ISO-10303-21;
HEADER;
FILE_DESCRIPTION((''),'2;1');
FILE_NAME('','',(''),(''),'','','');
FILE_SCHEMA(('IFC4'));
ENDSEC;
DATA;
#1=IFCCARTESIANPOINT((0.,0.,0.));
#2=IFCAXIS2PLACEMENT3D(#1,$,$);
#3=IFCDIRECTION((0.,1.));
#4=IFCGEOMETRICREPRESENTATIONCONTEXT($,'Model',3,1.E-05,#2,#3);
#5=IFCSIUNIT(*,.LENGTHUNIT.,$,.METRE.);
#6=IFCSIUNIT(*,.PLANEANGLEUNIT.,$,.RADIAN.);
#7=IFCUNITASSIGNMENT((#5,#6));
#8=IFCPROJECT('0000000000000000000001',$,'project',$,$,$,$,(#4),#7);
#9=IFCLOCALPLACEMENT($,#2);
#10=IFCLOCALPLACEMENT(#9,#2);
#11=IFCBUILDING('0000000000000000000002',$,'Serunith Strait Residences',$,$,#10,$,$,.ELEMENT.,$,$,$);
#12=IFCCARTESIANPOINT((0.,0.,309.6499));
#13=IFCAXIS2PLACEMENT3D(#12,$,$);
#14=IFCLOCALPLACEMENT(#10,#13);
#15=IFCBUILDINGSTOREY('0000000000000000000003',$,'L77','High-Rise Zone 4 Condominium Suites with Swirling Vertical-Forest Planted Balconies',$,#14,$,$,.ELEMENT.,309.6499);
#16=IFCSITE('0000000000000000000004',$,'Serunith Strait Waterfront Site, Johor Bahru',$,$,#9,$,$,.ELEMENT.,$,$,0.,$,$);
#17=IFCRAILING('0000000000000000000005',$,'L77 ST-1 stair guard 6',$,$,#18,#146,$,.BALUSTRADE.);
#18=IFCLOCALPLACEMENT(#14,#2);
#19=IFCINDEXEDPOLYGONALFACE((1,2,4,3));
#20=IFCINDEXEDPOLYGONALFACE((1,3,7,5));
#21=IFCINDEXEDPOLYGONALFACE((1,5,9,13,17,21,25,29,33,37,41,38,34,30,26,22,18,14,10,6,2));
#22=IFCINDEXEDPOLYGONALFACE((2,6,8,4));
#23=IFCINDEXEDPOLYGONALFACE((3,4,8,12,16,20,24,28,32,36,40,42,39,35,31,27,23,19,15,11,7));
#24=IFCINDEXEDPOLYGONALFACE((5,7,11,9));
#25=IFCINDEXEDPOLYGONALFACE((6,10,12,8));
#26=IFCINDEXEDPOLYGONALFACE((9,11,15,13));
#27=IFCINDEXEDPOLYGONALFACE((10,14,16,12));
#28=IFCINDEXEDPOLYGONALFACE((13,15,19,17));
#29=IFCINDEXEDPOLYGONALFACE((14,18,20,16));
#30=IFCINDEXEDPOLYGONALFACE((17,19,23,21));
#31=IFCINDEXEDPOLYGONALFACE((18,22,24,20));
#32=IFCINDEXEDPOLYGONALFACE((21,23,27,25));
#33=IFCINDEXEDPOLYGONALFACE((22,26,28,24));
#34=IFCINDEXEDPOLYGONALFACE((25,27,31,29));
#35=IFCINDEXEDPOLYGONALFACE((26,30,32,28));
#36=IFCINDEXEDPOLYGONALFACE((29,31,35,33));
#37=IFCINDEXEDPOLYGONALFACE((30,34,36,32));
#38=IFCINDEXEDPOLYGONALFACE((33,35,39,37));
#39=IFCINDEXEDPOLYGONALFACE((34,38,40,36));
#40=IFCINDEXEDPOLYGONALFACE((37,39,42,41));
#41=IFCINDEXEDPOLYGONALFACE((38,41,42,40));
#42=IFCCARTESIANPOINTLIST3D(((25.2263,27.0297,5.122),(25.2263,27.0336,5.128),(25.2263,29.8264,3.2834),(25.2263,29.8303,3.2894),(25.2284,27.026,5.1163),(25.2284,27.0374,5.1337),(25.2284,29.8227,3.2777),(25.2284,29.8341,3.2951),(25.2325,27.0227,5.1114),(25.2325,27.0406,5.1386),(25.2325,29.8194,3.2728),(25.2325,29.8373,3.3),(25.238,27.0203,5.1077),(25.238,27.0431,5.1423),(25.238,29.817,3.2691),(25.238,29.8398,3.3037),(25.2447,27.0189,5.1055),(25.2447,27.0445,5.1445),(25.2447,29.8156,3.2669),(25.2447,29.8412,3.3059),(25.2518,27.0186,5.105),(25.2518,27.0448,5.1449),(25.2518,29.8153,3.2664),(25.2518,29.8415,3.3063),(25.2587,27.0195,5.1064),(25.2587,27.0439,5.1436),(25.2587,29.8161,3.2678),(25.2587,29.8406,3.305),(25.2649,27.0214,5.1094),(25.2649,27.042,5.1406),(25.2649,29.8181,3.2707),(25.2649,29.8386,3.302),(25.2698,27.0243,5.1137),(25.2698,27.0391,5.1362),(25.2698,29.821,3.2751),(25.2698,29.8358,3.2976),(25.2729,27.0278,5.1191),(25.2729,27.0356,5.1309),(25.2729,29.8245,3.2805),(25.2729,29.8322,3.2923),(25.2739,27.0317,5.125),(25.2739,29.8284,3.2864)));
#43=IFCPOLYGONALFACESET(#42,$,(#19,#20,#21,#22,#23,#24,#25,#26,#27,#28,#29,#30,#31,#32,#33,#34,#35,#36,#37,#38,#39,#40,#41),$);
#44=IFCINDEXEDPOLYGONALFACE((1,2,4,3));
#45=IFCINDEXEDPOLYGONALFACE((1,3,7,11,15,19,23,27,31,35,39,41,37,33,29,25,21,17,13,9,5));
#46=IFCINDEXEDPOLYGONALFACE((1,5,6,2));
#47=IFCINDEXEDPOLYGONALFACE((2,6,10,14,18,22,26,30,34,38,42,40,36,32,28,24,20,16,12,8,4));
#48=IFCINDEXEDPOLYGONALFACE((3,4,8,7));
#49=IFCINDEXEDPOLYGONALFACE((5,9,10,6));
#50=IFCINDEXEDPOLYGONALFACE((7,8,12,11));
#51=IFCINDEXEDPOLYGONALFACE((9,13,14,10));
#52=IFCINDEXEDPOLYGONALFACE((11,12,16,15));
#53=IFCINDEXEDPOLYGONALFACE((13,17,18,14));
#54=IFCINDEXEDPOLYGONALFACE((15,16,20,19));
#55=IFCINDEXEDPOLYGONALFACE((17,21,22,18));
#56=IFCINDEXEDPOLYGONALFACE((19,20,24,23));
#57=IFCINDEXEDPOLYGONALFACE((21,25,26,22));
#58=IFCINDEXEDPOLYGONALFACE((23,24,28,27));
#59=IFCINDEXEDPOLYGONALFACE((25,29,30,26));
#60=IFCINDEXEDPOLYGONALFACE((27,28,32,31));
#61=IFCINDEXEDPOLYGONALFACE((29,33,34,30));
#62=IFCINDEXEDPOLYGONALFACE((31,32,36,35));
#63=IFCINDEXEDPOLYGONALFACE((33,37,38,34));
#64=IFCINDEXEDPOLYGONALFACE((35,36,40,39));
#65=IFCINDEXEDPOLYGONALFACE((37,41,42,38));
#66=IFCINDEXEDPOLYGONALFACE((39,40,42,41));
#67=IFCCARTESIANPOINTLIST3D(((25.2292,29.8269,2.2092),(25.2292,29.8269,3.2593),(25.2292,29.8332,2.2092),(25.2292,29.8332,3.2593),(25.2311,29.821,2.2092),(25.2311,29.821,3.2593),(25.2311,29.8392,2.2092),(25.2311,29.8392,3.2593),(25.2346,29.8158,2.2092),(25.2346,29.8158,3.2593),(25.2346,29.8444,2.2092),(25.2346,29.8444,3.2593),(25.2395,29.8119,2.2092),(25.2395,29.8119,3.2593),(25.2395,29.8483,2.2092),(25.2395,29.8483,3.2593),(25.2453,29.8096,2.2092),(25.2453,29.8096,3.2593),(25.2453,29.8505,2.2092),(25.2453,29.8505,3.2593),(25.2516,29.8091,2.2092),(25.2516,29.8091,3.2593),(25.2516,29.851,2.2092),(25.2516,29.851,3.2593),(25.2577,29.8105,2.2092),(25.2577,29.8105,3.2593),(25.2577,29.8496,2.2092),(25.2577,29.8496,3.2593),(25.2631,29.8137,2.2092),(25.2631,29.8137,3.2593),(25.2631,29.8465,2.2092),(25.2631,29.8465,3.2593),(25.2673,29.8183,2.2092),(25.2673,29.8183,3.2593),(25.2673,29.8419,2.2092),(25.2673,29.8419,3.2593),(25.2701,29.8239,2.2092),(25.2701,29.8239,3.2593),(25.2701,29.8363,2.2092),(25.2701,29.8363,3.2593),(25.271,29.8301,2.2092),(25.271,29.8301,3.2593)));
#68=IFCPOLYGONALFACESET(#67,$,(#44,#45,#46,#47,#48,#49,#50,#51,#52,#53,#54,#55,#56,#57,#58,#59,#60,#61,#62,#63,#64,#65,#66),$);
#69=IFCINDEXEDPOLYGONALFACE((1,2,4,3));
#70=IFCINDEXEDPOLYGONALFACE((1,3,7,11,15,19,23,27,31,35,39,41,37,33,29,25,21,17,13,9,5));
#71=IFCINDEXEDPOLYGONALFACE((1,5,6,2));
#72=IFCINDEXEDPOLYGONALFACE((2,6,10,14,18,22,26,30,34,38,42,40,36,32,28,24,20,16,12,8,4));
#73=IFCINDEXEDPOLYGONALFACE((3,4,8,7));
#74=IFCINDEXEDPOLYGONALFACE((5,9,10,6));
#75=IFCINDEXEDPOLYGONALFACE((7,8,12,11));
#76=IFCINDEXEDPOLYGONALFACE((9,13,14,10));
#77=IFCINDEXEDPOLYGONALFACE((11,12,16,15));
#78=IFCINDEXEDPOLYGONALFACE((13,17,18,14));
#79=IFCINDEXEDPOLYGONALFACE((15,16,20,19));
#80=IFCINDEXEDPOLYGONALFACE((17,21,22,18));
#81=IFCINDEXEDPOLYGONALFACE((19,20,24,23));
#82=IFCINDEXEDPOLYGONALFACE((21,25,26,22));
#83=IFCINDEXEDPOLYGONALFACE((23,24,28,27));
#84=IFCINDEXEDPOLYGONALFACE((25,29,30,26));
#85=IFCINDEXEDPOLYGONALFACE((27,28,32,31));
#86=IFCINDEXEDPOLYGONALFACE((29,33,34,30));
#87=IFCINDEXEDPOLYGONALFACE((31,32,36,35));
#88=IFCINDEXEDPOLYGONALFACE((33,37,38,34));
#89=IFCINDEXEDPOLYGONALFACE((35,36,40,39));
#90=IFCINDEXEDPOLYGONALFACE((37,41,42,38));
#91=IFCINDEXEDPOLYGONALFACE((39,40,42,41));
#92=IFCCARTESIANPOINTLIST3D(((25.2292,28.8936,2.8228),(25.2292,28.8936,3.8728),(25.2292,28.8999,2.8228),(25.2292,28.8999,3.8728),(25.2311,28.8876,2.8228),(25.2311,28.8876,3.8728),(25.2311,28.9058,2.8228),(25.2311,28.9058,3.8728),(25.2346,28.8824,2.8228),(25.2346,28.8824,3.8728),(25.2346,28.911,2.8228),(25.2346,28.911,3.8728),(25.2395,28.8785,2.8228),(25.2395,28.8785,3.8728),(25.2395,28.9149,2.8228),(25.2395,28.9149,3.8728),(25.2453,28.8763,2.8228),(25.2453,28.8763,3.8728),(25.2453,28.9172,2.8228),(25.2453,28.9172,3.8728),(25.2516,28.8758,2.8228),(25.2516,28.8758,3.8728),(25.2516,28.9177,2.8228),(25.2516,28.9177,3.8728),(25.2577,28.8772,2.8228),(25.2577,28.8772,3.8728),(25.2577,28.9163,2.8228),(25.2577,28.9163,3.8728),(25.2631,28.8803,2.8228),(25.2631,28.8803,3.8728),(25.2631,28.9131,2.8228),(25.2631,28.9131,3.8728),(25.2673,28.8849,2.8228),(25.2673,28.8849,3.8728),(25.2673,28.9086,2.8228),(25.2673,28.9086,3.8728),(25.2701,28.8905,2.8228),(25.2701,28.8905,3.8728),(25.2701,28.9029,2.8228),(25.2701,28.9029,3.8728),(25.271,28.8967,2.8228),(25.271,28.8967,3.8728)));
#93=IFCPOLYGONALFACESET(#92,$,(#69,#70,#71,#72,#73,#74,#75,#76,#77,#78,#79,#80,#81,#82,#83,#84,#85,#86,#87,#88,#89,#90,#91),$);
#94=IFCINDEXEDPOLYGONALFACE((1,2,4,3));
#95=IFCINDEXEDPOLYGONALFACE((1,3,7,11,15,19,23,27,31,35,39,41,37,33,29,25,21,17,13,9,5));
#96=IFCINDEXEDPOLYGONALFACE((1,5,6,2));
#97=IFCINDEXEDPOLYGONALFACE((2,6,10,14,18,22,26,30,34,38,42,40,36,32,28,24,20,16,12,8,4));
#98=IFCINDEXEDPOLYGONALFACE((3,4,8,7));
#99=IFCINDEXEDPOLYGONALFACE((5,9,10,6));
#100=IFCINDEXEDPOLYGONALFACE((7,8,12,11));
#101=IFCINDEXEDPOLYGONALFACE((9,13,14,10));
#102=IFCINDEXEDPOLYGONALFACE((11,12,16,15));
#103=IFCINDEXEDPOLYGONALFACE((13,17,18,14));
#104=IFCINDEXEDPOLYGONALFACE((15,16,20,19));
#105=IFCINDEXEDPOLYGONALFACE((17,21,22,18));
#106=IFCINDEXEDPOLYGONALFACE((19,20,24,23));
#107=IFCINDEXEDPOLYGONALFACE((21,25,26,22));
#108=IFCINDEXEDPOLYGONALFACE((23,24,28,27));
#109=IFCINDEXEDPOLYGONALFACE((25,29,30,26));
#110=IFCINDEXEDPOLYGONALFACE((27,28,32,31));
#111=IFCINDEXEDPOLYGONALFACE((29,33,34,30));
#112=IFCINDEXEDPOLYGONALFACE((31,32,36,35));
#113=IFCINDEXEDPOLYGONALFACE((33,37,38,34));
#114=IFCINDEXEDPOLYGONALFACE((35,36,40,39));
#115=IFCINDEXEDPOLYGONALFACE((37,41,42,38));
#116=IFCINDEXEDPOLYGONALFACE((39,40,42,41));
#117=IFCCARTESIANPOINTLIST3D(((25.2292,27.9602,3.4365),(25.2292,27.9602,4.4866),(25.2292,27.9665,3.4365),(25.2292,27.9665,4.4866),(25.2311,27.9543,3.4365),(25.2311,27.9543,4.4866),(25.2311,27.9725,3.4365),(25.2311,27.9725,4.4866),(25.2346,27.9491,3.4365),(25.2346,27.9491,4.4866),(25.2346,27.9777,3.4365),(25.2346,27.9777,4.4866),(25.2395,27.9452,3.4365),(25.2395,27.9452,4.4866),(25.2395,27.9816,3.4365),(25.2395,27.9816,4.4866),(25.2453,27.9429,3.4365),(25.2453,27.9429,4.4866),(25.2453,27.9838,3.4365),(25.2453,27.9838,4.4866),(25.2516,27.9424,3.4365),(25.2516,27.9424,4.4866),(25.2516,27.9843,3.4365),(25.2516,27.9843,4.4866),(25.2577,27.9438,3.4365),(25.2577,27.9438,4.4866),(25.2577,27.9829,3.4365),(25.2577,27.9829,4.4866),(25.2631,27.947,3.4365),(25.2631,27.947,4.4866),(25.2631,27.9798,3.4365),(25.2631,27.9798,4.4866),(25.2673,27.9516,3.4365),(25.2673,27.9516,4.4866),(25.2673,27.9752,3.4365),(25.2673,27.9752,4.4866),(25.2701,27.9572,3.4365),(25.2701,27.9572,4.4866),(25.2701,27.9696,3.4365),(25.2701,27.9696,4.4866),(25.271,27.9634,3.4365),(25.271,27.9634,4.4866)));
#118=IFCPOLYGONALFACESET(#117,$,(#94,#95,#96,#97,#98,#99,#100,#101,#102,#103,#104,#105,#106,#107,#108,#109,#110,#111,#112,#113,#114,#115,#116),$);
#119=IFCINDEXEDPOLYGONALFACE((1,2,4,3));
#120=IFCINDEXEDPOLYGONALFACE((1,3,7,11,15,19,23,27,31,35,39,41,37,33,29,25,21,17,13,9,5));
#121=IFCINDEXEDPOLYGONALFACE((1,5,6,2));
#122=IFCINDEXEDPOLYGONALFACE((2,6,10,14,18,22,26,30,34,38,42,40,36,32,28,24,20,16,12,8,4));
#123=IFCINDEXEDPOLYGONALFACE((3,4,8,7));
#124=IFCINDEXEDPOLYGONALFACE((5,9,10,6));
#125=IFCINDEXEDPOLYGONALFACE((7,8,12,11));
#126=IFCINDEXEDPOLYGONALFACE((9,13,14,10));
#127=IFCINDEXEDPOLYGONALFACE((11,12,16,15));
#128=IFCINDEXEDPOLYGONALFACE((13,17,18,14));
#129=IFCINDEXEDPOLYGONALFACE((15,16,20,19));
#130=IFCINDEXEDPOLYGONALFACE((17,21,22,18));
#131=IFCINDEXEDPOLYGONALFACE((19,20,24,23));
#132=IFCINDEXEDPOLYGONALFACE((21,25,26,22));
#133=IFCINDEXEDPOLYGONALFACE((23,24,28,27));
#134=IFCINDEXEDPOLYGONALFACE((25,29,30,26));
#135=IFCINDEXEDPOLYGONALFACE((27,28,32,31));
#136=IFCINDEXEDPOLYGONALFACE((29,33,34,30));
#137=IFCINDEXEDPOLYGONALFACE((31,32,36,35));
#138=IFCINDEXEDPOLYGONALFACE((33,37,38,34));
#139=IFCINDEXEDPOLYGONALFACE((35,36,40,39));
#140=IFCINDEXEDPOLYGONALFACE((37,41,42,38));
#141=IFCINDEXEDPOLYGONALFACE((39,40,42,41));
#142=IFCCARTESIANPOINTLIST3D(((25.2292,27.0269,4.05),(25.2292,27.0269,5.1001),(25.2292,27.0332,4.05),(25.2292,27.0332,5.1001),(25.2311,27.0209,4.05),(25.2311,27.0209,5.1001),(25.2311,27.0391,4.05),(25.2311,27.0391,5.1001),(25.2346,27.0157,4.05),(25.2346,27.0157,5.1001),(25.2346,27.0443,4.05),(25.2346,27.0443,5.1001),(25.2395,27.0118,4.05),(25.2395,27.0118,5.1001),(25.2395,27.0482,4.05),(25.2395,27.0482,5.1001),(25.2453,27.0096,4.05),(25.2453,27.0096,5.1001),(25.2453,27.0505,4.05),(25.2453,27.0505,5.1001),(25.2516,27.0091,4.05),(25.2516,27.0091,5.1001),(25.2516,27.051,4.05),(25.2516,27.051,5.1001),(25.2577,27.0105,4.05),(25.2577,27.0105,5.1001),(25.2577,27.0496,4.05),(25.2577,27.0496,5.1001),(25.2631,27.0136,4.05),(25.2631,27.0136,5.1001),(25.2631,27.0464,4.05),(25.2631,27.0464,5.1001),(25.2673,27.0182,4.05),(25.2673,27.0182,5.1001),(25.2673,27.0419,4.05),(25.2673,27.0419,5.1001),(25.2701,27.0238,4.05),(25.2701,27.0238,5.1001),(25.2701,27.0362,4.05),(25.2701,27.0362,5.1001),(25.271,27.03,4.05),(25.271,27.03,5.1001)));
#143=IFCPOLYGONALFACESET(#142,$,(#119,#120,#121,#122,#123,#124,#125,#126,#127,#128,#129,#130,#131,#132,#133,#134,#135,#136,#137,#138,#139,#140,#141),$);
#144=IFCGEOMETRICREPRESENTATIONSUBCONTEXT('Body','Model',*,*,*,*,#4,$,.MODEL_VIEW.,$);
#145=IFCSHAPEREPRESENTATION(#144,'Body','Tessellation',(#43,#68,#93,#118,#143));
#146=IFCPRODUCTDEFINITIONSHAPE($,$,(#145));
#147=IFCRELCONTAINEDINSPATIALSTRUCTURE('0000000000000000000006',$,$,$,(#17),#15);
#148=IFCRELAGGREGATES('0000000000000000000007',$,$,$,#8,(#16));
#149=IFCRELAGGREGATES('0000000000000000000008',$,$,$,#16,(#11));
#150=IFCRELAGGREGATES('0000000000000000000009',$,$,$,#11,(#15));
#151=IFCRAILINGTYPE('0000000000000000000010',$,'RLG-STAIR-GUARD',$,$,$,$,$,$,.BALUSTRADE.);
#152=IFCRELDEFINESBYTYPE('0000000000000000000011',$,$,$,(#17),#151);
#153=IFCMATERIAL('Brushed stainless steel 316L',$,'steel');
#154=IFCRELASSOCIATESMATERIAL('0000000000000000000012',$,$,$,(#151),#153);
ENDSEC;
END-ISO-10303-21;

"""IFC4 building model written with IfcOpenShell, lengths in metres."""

from ifc_helpers import new_model, si_unit, direction, frame, origin, origin_2d, place, context, subcontext, project, spatial, circle, extrude, material, type_object, element, save


model = new_model("IFC4")

# Units and contexts
model_context = context("Model", 3, precision=1e-05, world=origin(), true_north=direction((0.0, 1.0)))
body_context = subcontext(model_context, "Body", "Model", "MODEL_VIEW")
ifc_project = project(units=[si_unit("LENGTHUNIT", "METRE"), si_unit("PLANEANGLEUNIT", "RADIAN")], contexts=[model_context])

# Site, building, storey
site_placement = place(None, origin())
site = spatial("IfcSite", under=ifc_project, at=site_placement, Name="Serunith Strait Waterfront Site, Johor Bahru", CompositionType="ELEMENT", RefElevation=0.0)
building_placement = place(site_placement, origin())
building = spatial("IfcBuilding", under=site, at=building_placement, Name="Serunith Strait Residences", CompositionType="ELEMENT")
storey_placement = place(building_placement, frame((0.0, 0.0, 309.6499)))
storey = spatial("IfcBuildingStorey", under=building, at=storey_placement, Name="L77", Description="High-Rise Zone 4 Condominium Suites with Swirling Vertical-Forest Planted Balconies", CompositionType="ELEMENT", Elevation=309.6499)

# Railing
ifc_material_1 = material(Name="Brushed stainless steel 316L", Category="steel")
railing_type_1 = type_object("IfcRailingType", Name="RLG-STAIR-GUARD", PredefinedType="BALUSTRADE", material=ifc_material_1)
railing_1_placement = place(storey_placement, frame((25.25, 29.8301, 2.2092)))
element("IfcRailing", 1, at=railing_1_placement, inside=storey, type_object=railing_type_1, Name="L77 ST-1 stair guard 6", PredefinedType="BALUSTRADE", context=body_context, shape_type="SweptSolid", body=[
    extrude(circle(Radius=0.0239, at=origin_2d()), frame((0.0, -0.0017, 1.0771), z_axis=(0.0, -0.835598, 0.549342), x_axis=(1.0, 0.0, 0.0)), (0.0, 0.0, 1.0), 3.3469),
    extrude(circle(Radius=0.021, at=origin_2d()), origin(), (0.0, 0.0, 1.0), 1.05),
    extrude(circle(Radius=0.021, at=origin_2d()), frame((0.0, -0.9333, 0.6135)), (0.0, 0.0, 1.0), 1.05),
    extrude(circle(Radius=0.021, at=origin_2d()), frame((0.0, -1.8667, 1.2273)), (0.0, 0.0, 1.0), 1.05),
    extrude(circle(Radius=0.021, at=origin_2d()), frame((0.0, -2.8, 1.8408)), (0.0, 0.0, 1.0), 1.05),
])

save(model, "model.ifc")
